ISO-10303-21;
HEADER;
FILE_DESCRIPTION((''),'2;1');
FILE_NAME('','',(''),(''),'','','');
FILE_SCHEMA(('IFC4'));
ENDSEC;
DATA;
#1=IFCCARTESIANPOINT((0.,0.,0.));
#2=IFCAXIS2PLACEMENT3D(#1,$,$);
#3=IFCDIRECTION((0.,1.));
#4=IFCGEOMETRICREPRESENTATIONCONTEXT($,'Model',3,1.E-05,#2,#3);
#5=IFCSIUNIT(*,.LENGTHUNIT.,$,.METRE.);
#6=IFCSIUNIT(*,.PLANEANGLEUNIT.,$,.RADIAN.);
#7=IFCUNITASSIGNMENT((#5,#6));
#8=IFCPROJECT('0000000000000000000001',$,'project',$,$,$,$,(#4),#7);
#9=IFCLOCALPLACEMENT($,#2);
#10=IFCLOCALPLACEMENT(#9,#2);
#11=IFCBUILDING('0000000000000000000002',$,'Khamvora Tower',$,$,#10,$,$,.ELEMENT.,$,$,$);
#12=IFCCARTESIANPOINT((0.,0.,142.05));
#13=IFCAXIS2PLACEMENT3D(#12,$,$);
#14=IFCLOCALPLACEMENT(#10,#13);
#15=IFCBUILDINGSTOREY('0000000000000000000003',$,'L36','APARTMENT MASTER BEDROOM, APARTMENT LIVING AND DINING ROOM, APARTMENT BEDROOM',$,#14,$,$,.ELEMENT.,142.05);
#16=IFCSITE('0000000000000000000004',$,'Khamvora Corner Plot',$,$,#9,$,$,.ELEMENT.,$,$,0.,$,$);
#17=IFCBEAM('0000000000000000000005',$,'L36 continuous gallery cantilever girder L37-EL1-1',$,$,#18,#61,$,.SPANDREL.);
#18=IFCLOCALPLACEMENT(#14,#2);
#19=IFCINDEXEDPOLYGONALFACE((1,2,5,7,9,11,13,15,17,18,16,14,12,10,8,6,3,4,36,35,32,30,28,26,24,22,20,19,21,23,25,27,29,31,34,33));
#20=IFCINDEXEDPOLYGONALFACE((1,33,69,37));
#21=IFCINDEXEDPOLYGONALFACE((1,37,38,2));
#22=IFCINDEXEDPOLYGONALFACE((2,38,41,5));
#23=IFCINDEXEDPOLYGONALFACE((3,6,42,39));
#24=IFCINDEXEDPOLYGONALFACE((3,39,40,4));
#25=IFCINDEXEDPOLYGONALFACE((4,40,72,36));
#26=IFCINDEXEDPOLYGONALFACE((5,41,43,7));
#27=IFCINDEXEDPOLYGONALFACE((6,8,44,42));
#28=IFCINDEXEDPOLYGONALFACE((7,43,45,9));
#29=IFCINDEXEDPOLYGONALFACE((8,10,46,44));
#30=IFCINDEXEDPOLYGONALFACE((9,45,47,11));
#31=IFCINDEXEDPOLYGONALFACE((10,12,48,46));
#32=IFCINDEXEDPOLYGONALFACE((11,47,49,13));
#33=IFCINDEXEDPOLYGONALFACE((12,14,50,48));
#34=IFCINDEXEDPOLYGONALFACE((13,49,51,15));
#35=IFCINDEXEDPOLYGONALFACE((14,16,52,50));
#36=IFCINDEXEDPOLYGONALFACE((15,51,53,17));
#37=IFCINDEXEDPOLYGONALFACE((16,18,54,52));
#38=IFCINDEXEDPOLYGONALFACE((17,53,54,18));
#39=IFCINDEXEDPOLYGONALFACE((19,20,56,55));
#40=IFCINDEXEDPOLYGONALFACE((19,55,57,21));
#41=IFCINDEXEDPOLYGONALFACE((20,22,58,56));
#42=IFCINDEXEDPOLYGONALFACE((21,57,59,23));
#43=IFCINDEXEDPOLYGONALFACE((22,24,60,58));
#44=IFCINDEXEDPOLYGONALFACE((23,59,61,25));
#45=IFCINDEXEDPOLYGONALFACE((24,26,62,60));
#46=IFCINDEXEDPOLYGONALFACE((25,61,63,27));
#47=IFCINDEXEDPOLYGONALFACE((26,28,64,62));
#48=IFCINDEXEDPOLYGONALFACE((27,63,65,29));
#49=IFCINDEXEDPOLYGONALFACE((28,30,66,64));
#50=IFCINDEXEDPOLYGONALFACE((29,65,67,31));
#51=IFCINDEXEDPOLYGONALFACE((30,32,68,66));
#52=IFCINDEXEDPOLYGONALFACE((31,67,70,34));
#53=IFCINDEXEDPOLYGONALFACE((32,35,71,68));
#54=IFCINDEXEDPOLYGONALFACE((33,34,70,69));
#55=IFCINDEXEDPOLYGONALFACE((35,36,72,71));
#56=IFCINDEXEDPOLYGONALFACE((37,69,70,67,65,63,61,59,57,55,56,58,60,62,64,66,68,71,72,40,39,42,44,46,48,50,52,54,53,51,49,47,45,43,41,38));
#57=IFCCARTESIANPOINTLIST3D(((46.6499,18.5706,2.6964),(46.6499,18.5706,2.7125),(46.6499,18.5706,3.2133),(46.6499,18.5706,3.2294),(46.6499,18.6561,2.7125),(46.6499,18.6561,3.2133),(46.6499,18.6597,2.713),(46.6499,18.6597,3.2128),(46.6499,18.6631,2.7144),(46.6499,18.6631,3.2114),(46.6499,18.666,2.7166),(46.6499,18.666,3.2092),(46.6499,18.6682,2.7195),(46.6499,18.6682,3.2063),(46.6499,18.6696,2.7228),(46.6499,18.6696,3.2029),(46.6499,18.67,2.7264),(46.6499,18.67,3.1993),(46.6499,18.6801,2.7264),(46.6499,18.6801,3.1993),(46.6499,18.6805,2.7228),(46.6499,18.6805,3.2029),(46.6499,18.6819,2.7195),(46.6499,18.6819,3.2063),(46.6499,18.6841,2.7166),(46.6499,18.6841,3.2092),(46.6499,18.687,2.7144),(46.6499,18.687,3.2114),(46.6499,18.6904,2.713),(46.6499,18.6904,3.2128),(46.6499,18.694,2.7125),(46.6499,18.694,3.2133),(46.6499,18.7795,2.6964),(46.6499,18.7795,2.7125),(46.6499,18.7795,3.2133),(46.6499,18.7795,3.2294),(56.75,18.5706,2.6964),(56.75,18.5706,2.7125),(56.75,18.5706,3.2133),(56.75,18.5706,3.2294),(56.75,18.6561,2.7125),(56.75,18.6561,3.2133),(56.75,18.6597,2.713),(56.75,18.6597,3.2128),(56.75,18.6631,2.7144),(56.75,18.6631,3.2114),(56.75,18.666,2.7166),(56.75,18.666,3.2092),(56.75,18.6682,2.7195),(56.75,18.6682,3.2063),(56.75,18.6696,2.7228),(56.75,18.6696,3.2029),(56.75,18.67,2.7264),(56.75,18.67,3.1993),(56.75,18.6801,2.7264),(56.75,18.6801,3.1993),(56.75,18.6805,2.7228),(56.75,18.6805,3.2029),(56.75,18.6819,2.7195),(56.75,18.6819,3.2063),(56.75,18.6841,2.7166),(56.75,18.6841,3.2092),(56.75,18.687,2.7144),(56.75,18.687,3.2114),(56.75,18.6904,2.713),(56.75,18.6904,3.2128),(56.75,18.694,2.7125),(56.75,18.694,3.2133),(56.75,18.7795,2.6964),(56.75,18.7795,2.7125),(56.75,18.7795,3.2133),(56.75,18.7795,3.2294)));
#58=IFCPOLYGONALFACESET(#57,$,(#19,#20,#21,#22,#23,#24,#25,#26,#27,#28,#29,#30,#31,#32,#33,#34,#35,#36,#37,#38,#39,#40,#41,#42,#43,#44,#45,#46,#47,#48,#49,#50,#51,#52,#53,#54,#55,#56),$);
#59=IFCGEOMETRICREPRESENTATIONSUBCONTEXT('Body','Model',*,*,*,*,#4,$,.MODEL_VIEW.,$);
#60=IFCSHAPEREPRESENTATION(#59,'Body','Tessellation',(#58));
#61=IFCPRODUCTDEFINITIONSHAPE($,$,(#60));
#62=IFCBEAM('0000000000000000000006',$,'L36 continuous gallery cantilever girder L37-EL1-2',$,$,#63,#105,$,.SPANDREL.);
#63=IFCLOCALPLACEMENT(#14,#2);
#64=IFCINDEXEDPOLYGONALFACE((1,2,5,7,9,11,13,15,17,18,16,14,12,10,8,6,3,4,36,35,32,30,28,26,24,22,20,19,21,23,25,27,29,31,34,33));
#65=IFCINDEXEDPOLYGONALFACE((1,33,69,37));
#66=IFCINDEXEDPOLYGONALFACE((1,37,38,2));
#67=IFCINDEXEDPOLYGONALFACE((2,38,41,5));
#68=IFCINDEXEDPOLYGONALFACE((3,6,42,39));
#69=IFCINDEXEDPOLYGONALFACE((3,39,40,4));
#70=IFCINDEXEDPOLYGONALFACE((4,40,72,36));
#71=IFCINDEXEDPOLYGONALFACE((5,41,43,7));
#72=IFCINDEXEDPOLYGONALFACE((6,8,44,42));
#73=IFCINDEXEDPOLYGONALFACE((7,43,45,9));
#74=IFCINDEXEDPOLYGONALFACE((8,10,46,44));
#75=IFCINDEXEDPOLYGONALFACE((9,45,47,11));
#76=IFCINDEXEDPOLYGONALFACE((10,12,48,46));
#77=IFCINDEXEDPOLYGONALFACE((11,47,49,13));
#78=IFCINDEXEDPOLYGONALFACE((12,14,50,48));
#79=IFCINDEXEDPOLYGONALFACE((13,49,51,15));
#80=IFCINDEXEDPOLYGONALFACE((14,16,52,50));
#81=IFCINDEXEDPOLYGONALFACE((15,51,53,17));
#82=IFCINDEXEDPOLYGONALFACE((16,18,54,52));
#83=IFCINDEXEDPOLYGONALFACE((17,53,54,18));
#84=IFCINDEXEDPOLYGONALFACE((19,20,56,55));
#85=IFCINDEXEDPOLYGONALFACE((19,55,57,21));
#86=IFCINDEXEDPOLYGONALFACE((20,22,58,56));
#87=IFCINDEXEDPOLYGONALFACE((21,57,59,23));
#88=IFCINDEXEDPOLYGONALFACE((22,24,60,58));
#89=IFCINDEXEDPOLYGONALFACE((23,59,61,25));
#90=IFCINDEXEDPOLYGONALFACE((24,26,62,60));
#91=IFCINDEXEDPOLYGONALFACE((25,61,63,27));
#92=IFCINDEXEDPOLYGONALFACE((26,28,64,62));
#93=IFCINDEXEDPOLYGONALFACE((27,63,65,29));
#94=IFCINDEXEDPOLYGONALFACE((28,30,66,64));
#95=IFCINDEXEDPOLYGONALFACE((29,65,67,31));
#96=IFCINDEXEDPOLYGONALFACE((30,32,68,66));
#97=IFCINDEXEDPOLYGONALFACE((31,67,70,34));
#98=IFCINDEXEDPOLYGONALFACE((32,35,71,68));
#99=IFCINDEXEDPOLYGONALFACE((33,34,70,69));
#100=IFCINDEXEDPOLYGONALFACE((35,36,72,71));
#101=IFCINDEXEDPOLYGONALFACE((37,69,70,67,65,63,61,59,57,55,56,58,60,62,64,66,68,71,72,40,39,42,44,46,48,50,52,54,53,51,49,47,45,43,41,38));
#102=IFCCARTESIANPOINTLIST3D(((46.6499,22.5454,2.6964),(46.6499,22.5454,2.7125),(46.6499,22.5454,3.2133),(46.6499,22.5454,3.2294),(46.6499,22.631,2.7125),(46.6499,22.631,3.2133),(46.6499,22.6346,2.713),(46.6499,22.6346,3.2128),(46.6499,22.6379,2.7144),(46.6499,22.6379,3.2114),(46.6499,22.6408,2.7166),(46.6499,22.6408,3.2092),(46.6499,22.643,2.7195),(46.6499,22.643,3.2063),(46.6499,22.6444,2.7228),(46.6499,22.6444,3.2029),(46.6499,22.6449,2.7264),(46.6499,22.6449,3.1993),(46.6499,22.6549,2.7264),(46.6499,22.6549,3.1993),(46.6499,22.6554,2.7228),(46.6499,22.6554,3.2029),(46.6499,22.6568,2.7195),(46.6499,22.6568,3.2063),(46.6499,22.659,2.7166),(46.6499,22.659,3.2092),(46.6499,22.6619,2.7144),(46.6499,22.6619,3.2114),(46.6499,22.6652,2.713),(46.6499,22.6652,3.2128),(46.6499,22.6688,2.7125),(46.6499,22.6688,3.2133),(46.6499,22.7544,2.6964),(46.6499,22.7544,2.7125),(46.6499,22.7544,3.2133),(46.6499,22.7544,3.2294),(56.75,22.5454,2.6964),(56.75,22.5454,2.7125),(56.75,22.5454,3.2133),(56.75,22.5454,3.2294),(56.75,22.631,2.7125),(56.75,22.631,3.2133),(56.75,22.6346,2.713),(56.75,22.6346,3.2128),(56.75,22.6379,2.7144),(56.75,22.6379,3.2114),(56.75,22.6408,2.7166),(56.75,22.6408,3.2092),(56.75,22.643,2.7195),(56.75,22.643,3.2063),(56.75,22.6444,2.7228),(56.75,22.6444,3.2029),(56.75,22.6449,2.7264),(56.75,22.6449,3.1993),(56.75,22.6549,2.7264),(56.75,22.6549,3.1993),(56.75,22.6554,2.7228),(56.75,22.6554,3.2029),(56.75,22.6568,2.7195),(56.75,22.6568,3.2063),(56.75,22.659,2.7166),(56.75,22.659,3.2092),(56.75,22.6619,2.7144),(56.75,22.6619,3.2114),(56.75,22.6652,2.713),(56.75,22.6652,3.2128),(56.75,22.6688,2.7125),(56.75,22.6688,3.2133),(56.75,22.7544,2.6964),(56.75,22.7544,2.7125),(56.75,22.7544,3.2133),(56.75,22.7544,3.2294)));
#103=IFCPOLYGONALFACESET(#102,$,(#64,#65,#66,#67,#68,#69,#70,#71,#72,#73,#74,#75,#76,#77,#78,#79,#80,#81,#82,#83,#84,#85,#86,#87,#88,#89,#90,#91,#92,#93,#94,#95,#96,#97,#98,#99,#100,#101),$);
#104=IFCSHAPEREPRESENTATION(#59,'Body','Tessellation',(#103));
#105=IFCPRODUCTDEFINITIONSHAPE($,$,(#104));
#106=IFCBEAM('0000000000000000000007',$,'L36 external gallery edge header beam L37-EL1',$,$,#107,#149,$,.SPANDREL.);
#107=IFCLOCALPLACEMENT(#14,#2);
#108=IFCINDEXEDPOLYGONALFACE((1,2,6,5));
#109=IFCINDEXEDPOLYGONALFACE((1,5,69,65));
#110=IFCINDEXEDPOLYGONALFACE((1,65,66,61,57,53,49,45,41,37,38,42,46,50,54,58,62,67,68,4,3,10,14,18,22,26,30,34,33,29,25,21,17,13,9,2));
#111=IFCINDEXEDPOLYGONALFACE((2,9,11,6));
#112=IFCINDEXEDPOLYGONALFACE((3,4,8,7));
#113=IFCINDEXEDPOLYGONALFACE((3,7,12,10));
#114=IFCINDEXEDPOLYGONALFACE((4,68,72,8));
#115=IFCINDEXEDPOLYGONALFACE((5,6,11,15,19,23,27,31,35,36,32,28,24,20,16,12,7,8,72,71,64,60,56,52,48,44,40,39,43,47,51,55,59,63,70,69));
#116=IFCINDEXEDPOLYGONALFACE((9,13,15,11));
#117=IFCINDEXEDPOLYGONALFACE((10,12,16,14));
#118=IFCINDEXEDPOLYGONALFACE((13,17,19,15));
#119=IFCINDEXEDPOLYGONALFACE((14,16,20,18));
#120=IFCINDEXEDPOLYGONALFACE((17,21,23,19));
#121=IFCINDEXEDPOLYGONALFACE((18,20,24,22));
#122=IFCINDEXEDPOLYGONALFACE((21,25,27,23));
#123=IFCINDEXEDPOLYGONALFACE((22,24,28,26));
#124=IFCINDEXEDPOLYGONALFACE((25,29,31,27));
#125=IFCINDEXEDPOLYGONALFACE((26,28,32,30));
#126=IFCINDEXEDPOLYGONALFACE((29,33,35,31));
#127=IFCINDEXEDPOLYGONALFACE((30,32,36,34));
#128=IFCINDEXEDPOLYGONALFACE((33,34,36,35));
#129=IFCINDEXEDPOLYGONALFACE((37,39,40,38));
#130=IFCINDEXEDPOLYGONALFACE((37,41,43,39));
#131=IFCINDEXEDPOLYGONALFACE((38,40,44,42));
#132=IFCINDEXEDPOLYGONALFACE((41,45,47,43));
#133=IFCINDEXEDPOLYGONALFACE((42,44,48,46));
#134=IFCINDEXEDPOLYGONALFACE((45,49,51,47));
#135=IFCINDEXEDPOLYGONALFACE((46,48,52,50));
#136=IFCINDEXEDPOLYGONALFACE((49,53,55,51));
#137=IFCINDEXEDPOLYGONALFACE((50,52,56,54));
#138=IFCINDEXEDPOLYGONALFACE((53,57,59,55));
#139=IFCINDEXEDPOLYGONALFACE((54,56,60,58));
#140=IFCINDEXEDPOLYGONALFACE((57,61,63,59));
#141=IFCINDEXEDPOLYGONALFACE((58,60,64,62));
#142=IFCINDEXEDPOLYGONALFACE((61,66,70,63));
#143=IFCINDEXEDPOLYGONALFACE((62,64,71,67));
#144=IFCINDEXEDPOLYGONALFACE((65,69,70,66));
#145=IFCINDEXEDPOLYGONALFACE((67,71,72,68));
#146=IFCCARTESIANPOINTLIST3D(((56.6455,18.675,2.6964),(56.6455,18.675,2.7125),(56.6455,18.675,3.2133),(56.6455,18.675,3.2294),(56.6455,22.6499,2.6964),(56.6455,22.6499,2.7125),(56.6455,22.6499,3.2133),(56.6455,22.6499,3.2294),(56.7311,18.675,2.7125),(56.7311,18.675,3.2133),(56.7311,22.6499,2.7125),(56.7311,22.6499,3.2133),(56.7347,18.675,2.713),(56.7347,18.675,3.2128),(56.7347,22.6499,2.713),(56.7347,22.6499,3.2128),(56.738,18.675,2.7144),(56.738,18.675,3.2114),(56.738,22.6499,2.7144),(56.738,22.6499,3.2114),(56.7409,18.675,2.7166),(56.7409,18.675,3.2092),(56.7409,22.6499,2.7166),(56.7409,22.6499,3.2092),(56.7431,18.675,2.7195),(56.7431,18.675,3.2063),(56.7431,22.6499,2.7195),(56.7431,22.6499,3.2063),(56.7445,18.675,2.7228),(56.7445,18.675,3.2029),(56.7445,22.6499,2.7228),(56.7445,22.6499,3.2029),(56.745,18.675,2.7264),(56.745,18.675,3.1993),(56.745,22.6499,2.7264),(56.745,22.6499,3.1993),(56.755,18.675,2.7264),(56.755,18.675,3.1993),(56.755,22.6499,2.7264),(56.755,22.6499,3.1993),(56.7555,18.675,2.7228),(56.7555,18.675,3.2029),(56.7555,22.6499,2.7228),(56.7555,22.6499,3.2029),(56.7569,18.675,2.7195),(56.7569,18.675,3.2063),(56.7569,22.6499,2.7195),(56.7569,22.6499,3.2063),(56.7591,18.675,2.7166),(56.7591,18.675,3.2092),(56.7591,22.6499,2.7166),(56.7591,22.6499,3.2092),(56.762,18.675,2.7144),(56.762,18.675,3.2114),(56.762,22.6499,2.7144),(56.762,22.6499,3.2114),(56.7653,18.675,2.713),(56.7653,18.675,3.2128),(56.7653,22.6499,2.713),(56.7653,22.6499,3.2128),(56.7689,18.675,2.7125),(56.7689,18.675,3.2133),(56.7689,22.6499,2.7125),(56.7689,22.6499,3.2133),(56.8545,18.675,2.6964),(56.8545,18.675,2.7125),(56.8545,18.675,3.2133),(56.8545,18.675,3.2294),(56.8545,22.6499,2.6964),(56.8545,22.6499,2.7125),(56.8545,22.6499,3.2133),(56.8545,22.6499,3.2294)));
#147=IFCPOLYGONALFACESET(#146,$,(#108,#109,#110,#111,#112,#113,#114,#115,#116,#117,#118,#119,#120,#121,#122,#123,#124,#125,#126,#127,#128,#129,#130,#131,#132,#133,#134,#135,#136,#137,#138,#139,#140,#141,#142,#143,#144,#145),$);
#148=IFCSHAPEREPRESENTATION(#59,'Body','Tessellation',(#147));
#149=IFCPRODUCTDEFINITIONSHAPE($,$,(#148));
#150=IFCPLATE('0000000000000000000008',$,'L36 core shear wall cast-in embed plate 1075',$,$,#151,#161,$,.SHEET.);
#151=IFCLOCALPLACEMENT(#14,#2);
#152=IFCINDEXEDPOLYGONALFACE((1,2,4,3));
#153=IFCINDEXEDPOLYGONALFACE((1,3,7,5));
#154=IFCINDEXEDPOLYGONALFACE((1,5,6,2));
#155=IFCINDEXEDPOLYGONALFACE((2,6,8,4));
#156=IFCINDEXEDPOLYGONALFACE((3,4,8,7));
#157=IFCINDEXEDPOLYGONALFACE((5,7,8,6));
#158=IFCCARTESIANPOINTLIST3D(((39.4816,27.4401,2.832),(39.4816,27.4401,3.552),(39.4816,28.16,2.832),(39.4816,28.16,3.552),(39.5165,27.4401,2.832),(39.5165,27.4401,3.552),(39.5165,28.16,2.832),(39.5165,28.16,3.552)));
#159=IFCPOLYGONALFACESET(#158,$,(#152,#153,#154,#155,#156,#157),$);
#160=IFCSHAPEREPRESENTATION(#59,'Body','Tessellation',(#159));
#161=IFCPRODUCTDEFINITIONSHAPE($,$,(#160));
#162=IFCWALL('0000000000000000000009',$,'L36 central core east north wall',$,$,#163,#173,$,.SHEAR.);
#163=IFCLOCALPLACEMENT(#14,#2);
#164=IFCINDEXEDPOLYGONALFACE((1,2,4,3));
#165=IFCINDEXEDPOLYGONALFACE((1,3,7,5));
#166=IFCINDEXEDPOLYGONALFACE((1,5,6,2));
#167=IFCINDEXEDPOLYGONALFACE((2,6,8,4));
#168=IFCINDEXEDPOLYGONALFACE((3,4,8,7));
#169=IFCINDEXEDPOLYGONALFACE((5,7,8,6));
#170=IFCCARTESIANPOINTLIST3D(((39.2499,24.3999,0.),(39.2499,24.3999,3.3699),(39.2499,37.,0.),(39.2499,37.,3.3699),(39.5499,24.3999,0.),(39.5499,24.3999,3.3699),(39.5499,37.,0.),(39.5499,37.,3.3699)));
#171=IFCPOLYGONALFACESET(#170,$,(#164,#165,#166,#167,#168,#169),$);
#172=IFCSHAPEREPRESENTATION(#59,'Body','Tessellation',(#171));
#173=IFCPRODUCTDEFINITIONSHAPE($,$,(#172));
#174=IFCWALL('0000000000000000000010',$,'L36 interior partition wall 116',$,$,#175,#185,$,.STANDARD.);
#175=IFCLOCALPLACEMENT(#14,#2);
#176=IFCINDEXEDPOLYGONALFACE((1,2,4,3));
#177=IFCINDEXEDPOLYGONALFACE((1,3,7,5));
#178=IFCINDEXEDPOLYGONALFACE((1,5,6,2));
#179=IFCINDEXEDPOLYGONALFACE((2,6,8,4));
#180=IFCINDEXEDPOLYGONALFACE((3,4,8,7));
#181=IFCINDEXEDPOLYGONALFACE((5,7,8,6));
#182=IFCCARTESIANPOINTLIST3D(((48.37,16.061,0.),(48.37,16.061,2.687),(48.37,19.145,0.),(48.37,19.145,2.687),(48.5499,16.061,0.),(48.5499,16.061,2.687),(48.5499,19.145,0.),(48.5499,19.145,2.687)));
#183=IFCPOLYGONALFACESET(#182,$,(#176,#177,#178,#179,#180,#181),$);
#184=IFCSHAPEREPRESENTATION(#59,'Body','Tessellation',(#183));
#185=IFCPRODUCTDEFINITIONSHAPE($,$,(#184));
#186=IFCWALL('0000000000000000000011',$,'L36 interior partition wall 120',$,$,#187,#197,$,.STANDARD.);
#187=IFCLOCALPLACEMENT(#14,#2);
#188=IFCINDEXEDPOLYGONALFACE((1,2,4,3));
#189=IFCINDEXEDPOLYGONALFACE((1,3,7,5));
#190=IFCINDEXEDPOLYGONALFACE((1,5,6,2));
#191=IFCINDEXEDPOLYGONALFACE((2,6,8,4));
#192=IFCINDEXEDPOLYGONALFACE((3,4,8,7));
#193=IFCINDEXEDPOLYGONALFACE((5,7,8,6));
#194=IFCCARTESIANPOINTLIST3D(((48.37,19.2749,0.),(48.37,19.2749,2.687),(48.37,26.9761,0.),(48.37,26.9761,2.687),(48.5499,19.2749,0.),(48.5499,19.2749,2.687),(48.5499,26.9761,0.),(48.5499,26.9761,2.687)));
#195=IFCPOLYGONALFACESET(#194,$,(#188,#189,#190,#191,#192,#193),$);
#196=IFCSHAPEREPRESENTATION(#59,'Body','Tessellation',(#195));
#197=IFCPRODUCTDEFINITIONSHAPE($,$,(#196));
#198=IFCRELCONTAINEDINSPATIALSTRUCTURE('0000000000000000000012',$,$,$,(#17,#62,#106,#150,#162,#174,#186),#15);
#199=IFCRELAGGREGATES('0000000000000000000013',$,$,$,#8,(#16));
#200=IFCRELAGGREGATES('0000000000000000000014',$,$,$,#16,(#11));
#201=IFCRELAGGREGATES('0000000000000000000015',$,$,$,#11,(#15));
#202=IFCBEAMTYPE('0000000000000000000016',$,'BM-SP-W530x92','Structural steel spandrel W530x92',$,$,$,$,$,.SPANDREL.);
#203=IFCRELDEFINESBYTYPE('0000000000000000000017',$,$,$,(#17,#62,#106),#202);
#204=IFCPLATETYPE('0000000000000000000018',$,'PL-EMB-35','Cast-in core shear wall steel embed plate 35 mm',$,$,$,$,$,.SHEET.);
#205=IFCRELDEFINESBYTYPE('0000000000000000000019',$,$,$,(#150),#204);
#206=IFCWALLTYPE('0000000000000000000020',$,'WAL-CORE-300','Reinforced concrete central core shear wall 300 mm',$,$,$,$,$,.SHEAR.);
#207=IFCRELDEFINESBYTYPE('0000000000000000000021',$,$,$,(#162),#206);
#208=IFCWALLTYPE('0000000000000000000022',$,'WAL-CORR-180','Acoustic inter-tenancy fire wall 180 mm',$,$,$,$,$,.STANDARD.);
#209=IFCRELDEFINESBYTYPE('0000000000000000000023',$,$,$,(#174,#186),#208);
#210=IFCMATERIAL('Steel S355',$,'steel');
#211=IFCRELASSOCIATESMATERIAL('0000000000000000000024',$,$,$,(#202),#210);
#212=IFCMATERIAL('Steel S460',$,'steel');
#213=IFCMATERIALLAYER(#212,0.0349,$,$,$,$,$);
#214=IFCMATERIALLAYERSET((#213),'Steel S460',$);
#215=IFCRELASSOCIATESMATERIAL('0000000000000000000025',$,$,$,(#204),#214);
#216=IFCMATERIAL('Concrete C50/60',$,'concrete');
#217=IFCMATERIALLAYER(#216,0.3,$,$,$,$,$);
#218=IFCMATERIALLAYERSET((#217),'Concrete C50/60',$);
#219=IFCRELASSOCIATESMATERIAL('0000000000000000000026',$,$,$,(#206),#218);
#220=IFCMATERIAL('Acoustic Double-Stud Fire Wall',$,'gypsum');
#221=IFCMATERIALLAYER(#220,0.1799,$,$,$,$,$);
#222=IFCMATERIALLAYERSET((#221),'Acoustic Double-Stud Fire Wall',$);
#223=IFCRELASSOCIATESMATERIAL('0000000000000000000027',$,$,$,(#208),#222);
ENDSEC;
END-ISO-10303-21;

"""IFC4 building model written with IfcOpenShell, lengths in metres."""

from ifc_helpers import new_model, si_unit, direction, frame, frame_2d, origin, origin_2d, place, context, subcontext, project, spatial, rectangle, i_section, extrude, material, layer, layer_set, material_profile, profile_set, type_object, element, save


model = new_model("IFC4")

# Units and contexts
model_context = context("Model", 3, precision=1e-05, world=origin(), true_north=direction((0.0, 1.0)))
body_context = subcontext(model_context, "Body", "Model", "MODEL_VIEW")
ifc_project = project(units=[si_unit("LENGTHUNIT", "METRE"), si_unit("PLANEANGLEUNIT", "RADIAN")], contexts=[model_context])

# Site, building, storey
site_placement = place(None, origin())
site = spatial("IfcSite", under=ifc_project, at=site_placement, Name="Khamvora Corner Plot", CompositionType="ELEMENT", RefElevation=0.0)
building_placement = place(site_placement, origin())
building = spatial("IfcBuilding", under=site, at=building_placement, Name="Khamvora Tower", CompositionType="ELEMENT")
storey_placement = place(building_placement, frame((0.0, 0.0, 142.05)))
storey = spatial("IfcBuildingStorey", under=building, at=storey_placement, Name="L36", Description="APARTMENT MASTER BEDROOM, APARTMENT LIVING AND DINING ROOM, APARTMENT BEDROOM", CompositionType="ELEMENT", Elevation=142.05)

# Shared definitions
ifc_material_1 = material(Name="Steel S355", Category="steel")

# Beams
ifc_material_profile_1 = material_profile(ifc_material_1, i_section(OverallWidth=0.209, OverallDepth=0.533, WebThickness=0.01, FlangeThickness=0.0161, FilletRadius=0.0139, at=origin_2d()), Name="W530x92")
ifc_profile_set_1 = profile_set([ifc_material_profile_1], Name="Steel S355")
beam_type_1 = type_object("IfcBeamType", Name="BM-SP-W530x92", Description="Structural steel spandrel W530x92", PredefinedType="SPANDREL", material=ifc_profile_set_1)
for number, where, z_axis, x_axis, name in (
    (1, (46.6499, 18.675, 2.9629), (1.0, 0.0, 0.0), (0.0, 1.0, 0.0), "L36 continuous gallery cantilever girder L37-EL1-1"),
    (2, (46.6499, 22.6499, 2.9629), (1.0, 0.0, 0.0), (0.0, 1.0, 0.0), "L36 continuous gallery cantilever girder L37-EL1-2"),
):
    element("IfcBeam", number, at=place(storey_placement, frame(where, z_axis=z_axis, x_axis=x_axis)), inside=storey, type_object=beam_type_1, Name=name, PredefinedType="SPANDREL", context=body_context, shape_type="SweptSolid", body=[
        extrude(i_section(OverallWidth=0.209, OverallDepth=0.533, WebThickness=0.01, FlangeThickness=0.0161, FilletRadius=0.0139, at=origin_2d()), origin(), (0.0, 0.0, 1.0), 10.1001),
    ])
beam_1_placement = place(storey_placement, frame((56.75, 18.675, 2.9629), z_axis=(0.0, 1.0, 0.0), x_axis=(-1.0, 0.0, 0.0)))
element("IfcBeam", 3, at=beam_1_placement, inside=storey, type_object=beam_type_1, Name="L36 external gallery edge header beam L37-EL1", PredefinedType="SPANDREL", context=body_context, shape_type="SweptSolid", body=[
    extrude(i_section(OverallWidth=0.209, OverallDepth=0.533, WebThickness=0.01, FlangeThickness=0.0161, FilletRadius=0.0139, at=origin_2d()), origin(), (0.0, 0.0, 1.0), 3.9749),
])

# Plate
ifc_material_2 = material(Name="Steel S460", Category="steel")
ifc_layer_1 = layer(ifc_material_2, 0.0349)
ifc_layer_set_1 = layer_set([ifc_layer_1], Name="Steel S460")
plate_type = type_object("IfcPlateType", Name="PL-EMB-35", Description="Cast-in core shear wall steel embed plate 35 mm", PredefinedType="SHEET", material=ifc_layer_set_1)
plate_placement = place(storey_placement, frame((39.499, 27.8, 2.832), z_axis=(0.0, 0.0, 1.0), x_axis=(1.0, 0.0, 0.0)))
element("IfcPlate", 4, at=plate_placement, inside=storey, type_object=plate_type, Name="L36 core shear wall cast-in embed plate 1075", PredefinedType="SHEET", context=body_context, shape_type="SweptSolid", body=[
    extrude(rectangle(XDim=0.0349, YDim=0.72, at=origin_2d()), origin(), (0.0, 0.0, 1.0), 0.72),
])

# Wall
ifc_material_3 = material(Name="Concrete C50/60", Category="concrete")
ifc_layer_2 = layer(ifc_material_3, 0.3)
ifc_layer_set_2 = layer_set([ifc_layer_2], Name="Concrete C50/60")
wall_type_1 = type_object("IfcWallType", Name="WAL-CORE-300", Description="Reinforced concrete central core shear wall 300 mm", PredefinedType="SHEAR", material=ifc_layer_set_2)
wall_1_placement = place(storey_placement, frame((39.3999, 24.3999, 0.0), z_axis=(0.0, 0.0, 1.0), x_axis=(0.0, 1.0, 0.0)))
element("IfcWall", 5, at=wall_1_placement, inside=storey, type_object=wall_type_1, Name="L36 central core east north wall", PredefinedType="SHEAR", context=body_context, shape_type="SweptSolid", body=[
    extrude(rectangle(XDim=12.6001, YDim=0.3, at=frame_2d((6.3, 0.0))), origin(), (0.0, 0.0, 1.0), 3.3699),
])

# Walls
ifc_material_4 = material(Name="Acoustic Double-Stud Fire Wall", Category="gypsum")
ifc_layer_3 = layer(ifc_material_4, 0.1799)
ifc_layer_set_3 = layer_set([ifc_layer_3], Name="Acoustic Double-Stud Fire Wall")
wall_type_2 = type_object("IfcWallType", Name="WAL-CORR-180", Description="Acoustic inter-tenancy fire wall 180 mm", PredefinedType="STANDARD", material=ifc_layer_set_3)
wall_2_placement = place(storey_placement, frame((48.46, 19.145, 0.0), z_axis=(0.0, 0.0, 1.0), x_axis=(0.0, -1.0, 0.0)))
element("IfcWall", 6, at=wall_2_placement, inside=storey, type_object=wall_type_2, Name="L36 interior partition wall 116", PredefinedType="STANDARD", context=body_context, shape_type="SweptSolid", body=[
    extrude(rectangle(XDim=3.084, YDim=0.1799, at=frame_2d((1.542, 0.0))), origin(), (0.0, 0.0, 1.0), 2.687),
])
wall_3_placement = place(storey_placement, frame((48.46, 26.9761, 0.0), z_axis=(0.0, 0.0, 1.0), x_axis=(0.0, -1.0, 0.0)))
element("IfcWall", 7, at=wall_3_placement, inside=storey, type_object=wall_type_2, Name="L36 interior partition wall 120", PredefinedType="STANDARD", context=body_context, shape_type="SweptSolid", body=[
    extrude(rectangle(XDim=7.7012, YDim=0.1799, at=frame_2d((3.8506, 0.0))), origin(), (0.0, 0.0, 1.0), 2.687),
])

save(model, "model.ifc")
